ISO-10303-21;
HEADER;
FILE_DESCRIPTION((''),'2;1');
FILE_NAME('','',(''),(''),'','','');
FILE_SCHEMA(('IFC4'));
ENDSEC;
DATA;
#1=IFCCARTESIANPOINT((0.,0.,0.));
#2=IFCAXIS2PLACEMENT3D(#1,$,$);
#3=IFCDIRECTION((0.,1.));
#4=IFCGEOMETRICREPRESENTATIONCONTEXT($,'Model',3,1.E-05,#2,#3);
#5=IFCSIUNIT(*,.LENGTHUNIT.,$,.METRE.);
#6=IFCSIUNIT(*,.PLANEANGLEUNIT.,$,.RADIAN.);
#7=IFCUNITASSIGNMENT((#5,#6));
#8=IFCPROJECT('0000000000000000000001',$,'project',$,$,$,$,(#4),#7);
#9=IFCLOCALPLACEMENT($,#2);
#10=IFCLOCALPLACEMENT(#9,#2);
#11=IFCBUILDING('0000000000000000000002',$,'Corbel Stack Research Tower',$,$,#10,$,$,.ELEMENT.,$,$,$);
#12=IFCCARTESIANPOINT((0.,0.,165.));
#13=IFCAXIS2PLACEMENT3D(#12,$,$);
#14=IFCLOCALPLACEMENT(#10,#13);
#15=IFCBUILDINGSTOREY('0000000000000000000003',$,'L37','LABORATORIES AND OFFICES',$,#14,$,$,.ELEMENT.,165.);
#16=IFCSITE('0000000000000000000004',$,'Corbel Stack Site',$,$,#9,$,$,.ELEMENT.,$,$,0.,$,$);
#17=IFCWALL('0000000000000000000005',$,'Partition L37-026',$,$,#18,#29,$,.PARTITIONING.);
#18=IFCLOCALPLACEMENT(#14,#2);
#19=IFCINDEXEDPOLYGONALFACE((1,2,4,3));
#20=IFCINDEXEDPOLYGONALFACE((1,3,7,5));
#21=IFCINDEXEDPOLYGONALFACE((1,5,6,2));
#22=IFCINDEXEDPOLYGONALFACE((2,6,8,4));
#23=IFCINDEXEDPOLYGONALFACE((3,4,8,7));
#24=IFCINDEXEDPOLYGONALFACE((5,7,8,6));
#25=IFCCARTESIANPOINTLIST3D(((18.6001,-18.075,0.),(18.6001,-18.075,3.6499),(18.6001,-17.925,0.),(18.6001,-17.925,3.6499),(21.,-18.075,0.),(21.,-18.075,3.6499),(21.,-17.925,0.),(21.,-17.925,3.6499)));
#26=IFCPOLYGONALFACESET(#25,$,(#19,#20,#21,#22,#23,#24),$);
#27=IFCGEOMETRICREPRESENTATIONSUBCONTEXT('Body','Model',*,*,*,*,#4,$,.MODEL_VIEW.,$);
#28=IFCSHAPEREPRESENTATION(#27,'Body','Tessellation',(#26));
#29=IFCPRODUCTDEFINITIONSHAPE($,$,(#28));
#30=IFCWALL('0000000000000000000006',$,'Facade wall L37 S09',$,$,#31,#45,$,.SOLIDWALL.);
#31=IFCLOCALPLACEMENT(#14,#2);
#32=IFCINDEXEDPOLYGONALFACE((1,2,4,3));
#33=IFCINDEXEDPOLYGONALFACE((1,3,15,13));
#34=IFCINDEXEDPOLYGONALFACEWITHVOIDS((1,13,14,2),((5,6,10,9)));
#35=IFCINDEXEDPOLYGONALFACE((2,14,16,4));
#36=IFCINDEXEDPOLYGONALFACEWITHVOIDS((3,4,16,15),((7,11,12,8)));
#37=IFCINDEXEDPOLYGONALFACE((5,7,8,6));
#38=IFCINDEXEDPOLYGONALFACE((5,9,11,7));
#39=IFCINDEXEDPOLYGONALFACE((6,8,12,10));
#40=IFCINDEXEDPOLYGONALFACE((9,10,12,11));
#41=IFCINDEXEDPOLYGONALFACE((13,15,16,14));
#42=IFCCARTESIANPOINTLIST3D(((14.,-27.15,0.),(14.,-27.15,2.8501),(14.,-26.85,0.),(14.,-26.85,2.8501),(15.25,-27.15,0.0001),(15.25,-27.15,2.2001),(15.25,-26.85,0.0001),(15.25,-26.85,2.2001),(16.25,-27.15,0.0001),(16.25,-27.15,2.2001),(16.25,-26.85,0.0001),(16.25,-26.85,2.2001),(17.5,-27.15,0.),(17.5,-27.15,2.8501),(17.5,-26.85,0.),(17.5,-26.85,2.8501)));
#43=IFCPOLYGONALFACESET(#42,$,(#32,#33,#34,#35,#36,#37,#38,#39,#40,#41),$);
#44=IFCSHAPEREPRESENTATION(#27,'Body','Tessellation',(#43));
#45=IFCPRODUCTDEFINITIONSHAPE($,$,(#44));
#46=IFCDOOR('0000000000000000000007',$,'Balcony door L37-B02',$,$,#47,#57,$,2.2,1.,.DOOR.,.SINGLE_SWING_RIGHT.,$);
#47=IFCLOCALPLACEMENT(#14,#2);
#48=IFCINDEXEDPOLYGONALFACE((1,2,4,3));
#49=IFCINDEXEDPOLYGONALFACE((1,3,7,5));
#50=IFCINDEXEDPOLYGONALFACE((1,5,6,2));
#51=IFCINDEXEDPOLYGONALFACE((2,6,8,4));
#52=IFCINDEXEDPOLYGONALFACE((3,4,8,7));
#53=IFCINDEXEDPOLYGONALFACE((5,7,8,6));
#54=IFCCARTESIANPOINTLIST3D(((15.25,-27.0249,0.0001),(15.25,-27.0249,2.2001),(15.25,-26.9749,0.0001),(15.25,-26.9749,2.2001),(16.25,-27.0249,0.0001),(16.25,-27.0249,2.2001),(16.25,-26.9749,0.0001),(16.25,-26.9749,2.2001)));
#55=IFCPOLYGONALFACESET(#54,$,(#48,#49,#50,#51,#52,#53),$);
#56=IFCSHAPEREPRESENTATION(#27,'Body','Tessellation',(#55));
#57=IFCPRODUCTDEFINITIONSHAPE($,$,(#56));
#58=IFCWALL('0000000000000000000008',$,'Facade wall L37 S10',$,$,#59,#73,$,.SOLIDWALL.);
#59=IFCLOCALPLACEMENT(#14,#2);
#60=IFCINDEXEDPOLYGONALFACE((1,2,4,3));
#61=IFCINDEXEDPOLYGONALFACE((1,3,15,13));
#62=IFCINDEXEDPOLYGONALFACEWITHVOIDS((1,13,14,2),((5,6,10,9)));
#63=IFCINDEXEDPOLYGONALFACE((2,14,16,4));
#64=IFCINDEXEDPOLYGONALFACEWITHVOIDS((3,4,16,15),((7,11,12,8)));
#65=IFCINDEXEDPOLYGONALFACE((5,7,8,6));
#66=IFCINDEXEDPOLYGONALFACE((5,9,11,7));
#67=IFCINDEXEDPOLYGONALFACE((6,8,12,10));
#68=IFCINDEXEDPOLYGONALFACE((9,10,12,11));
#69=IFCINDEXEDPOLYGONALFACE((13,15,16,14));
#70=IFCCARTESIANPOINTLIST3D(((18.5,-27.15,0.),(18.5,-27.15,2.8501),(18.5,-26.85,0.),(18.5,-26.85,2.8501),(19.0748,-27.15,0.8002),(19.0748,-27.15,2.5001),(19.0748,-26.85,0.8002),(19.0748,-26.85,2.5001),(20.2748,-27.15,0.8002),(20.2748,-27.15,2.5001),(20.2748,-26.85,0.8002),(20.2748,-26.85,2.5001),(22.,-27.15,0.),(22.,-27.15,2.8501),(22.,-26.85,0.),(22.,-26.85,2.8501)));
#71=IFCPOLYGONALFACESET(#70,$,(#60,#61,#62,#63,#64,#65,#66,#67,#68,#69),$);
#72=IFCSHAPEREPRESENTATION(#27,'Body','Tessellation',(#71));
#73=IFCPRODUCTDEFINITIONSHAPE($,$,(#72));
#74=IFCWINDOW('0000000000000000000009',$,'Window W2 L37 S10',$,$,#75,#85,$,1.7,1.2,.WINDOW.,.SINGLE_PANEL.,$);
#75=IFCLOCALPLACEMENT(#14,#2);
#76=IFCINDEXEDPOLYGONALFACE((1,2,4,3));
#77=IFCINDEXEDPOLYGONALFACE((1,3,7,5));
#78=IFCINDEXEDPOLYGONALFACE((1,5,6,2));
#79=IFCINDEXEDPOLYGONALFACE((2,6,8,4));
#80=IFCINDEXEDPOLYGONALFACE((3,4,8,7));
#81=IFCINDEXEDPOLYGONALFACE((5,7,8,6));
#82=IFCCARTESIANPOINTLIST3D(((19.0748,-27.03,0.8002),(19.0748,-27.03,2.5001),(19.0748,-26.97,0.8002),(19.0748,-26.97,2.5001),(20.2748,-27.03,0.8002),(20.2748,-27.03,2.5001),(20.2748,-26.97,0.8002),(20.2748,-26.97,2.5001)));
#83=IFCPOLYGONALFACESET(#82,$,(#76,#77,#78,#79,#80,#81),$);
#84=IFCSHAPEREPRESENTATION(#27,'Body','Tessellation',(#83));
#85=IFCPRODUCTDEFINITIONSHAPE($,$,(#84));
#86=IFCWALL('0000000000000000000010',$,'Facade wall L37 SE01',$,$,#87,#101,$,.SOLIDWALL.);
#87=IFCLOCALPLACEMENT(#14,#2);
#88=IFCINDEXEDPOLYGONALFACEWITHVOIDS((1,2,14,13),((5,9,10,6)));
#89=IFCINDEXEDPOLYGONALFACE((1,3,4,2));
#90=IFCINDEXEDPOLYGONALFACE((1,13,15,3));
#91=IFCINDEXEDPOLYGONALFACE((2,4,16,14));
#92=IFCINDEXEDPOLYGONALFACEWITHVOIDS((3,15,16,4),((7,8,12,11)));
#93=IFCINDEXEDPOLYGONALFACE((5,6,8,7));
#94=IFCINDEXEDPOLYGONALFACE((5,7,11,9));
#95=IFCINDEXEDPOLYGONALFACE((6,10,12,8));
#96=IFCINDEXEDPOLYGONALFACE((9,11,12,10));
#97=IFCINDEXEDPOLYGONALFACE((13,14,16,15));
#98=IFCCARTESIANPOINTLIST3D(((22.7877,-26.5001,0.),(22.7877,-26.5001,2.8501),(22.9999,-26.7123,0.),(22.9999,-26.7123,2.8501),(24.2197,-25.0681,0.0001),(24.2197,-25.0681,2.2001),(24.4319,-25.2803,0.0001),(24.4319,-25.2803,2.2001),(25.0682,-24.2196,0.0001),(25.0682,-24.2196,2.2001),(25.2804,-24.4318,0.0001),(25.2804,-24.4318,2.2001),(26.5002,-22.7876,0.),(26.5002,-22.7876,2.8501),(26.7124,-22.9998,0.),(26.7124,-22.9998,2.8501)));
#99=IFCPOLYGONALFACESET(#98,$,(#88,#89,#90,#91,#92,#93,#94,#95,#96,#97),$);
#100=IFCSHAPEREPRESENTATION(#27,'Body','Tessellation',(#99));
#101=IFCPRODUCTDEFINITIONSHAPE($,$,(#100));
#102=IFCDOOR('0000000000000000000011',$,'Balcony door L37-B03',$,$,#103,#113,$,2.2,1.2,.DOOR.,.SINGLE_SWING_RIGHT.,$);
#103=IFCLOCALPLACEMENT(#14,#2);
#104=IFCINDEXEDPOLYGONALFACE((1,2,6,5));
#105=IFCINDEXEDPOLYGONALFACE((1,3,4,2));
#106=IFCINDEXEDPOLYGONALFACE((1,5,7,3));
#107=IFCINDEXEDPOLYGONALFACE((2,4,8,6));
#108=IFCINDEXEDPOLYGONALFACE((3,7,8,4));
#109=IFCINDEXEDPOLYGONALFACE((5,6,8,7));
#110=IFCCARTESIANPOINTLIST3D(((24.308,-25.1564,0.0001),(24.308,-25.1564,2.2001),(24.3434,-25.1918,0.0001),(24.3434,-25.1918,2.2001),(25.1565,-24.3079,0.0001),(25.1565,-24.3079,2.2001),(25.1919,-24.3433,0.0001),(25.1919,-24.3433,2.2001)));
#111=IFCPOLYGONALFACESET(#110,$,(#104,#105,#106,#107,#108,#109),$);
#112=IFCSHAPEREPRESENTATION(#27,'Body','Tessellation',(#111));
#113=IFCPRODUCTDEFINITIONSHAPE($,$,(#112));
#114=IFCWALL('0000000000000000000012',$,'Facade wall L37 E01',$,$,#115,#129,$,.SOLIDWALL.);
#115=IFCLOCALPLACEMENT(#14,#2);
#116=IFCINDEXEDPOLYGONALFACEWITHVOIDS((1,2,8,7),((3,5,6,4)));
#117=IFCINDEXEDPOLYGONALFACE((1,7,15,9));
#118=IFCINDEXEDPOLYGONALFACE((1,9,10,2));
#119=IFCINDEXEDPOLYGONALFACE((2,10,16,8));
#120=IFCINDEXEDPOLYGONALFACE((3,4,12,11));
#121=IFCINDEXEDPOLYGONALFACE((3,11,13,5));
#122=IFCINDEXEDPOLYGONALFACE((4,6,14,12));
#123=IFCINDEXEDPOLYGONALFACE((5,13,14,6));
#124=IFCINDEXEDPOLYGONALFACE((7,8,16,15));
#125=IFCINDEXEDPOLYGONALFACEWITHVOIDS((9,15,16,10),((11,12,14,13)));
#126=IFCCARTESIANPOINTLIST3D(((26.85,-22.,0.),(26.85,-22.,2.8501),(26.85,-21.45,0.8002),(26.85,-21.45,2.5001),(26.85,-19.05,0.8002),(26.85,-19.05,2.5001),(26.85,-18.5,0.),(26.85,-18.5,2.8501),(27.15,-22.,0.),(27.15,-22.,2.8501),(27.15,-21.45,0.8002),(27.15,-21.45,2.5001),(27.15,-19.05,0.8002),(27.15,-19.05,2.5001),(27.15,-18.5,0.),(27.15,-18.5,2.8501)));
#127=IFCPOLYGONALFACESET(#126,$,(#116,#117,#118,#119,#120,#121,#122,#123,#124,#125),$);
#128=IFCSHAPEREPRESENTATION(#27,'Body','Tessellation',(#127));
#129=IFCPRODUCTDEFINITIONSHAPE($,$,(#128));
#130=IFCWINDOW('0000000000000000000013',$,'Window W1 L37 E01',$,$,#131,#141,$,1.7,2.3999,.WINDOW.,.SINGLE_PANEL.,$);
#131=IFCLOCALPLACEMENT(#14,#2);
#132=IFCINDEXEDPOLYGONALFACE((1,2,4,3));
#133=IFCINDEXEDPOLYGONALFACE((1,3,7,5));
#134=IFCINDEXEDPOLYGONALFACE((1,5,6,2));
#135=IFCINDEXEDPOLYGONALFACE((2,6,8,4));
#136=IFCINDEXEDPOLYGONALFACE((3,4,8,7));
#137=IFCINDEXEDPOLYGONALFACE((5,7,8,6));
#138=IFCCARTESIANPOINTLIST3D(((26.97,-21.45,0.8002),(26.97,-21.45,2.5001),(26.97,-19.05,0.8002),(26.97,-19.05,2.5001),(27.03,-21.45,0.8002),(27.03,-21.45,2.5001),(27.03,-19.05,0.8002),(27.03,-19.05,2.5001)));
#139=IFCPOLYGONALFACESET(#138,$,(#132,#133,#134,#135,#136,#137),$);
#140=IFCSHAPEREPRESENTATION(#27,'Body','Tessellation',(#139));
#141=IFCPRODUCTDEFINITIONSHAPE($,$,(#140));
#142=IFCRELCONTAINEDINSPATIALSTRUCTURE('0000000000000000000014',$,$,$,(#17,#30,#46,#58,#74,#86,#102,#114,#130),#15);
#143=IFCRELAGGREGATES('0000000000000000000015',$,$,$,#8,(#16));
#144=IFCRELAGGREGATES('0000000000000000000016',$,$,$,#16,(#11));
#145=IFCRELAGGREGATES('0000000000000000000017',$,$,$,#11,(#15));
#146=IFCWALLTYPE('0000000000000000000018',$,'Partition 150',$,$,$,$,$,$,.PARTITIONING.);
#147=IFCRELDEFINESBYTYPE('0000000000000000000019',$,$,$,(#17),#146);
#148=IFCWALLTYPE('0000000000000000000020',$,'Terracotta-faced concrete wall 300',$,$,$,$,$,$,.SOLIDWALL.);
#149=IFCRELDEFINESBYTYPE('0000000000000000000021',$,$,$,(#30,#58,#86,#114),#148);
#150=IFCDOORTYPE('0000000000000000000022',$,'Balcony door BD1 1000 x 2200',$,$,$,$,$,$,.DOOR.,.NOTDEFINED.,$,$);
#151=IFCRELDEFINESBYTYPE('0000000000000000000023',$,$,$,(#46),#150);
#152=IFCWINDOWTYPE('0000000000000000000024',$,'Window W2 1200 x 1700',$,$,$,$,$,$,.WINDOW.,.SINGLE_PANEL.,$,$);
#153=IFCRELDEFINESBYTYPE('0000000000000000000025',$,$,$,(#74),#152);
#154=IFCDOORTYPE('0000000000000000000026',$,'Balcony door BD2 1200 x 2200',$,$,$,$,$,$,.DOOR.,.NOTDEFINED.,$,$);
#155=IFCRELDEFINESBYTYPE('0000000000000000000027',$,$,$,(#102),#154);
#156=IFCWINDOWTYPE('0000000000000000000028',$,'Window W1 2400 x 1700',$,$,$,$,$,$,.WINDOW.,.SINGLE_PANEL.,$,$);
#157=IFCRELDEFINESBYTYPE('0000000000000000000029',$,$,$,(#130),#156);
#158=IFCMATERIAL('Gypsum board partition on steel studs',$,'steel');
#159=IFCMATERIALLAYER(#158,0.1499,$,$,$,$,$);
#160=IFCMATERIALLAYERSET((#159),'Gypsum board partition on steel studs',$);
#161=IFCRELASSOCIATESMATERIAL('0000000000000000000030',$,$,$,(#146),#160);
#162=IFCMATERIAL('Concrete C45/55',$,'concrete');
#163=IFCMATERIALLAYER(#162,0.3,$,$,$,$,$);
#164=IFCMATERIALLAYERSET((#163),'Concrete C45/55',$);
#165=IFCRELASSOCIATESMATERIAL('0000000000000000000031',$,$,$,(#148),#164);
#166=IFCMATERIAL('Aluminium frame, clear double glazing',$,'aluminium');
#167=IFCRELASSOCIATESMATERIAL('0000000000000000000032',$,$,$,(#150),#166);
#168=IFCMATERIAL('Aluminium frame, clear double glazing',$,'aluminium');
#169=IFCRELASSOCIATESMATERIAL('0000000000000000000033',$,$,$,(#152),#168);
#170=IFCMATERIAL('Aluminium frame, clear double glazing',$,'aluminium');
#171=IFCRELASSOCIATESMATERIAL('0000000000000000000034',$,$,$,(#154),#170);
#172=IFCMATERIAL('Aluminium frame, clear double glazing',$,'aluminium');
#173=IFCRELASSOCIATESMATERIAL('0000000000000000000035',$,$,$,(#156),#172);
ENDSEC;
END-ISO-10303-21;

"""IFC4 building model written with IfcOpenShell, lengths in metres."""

from ifc_helpers import new_model, si_unit, direction, frame, frame_2d, origin, place, context, subcontext, project, spatial, rectangle, extrude, material, layer, layer_set, type_object, element, fill, save


model = new_model("IFC4")

# Units and contexts
model_context = context("Model", 3, precision=1e-05, world=origin(), true_north=direction((0.0, 1.0)))
body_context = subcontext(model_context, "Body", "Model", "MODEL_VIEW")
ifc_project = project(units=[si_unit("LENGTHUNIT", "METRE"), si_unit("PLANEANGLEUNIT", "RADIAN")], contexts=[model_context])

# Site, building, storey
site_placement = place(None, origin())
site = spatial("IfcSite", under=ifc_project, at=site_placement, Name="Corbel Stack Site", CompositionType="ELEMENT", RefElevation=0.0)
building_placement = place(site_placement, origin())
building = spatial("IfcBuilding", under=site, at=building_placement, Name="Corbel Stack Research Tower", CompositionType="ELEMENT")
storey_placement = place(building_placement, frame((0.0, 0.0, 165.0)))
storey = spatial("IfcBuildingStorey", under=building, at=storey_placement, Name="L37", Description="LABORATORIES AND OFFICES", CompositionType="ELEMENT", Elevation=165.0)

# Shared definitions
ifc_material_1 = material(Name="Gypsum board partition on steel studs", Category="steel")
ifc_layer_1 = layer(ifc_material_1, 0.1499)
ifc_layer_set_1 = layer_set([ifc_layer_1], Name="Gypsum board partition on steel studs")
wall_type_1 = type_object("IfcWallType", Name="Partition 150", PredefinedType="PARTITIONING", material=ifc_layer_set_1)

# Wall
wall_1_placement = place(storey_placement, frame((18.6001, -18.0, 0.0), z_axis=(0.0, 0.0, 1.0), x_axis=(1.0, 0.0, 0.0)))
element("IfcWall", 1, at=wall_1_placement, inside=storey, type_object=wall_type_1, Name="Partition L37-026", PredefinedType="PARTITIONING", context=body_context, shape_type="SweptSolid", body=[
    extrude(rectangle(XDim=2.3999, YDim=0.1499, at=frame_2d((1.2, 0.0))), origin(), (0.0, 0.0, 1.0), 3.6499),
])

# Wall, opening, door
ifc_material_2 = material(Name="Concrete C45/55", Category="concrete")
ifc_layer_2 = layer(ifc_material_2, 0.3)
ifc_layer_set_2 = layer_set([ifc_layer_2], Name="Concrete C45/55")
wall_type_2 = type_object("IfcWallType", Name="Terracotta-faced concrete wall 300", PredefinedType="SOLIDWALL", material=ifc_layer_set_2)
wall_2_placement = place(storey_placement, frame((17.5, -27.0, 0.0), z_axis=(0.0, 0.0, 1.0), x_axis=(-1.0, 0.0, 0.0)))
wall_2 = element("IfcWall", 2, at=wall_2_placement, inside=storey, type_object=wall_type_2, Name="Facade wall L37 S09", PredefinedType="SOLIDWALL", context=body_context, shape_type="SweptSolid", body=[
    extrude(rectangle(XDim=3.5, YDim=0.3, at=frame_2d((1.75, 0.0))), origin(), (0.0, 0.0, 1.0), 2.8501),
])
opening_1_placement = place(wall_2_placement, frame((1.25, 0.0, 0.0)))
opening_1 = element("IfcOpeningElement", 3, at=opening_1_placement, cuts=wall_2, PredefinedType="OPENING", context=body_context, shape_type="SweptSolid", body=[
    extrude(rectangle(XDim=1.0, YDim=2.2, at=frame_2d((0.5, 1.1001))), frame((0.0, 0.1599, 0.0), z_axis=(0.0, -1.0, 0.0), x_axis=(1.0, 0.0, 0.0)), (0.0, 0.0, 1.0), 0.3201),
])
ifc_material_3 = material(Name="Aluminium frame, clear double glazing", Category="aluminium")
door_type_1 = type_object("IfcDoorType", Name="Balcony door BD1 1000 x 2200", OperationType="NOTDEFINED", PredefinedType="DOOR", material=ifc_material_3)
door_1_placement = place(opening_1_placement, origin())
door_1 = element("IfcDoor", 4, at=door_1_placement, inside=storey, type_object=door_type_1, Name="Balcony door L37-B02", OperationType="SINGLE_SWING_RIGHT", OverallHeight=2.2, OverallWidth=1.0, PredefinedType="DOOR", context=body_context, shape_type="SweptSolid", body=[
    extrude(rectangle(XDim=1.0, YDim=2.2, at=frame_2d((0.5, 1.1001))), frame((0.0, 0.0249, 0.0), z_axis=(0.0, -1.0, 0.0), x_axis=(1.0, 0.0, 0.0)), (0.0, 0.0, 1.0), 0.05),
])
fill(opening_1, door_1)

# Wall, opening, window
wall_3_placement = place(storey_placement, frame((22.0, -27.0, 0.0), z_axis=(0.0, 0.0, 1.0), x_axis=(-1.0, 0.0, 0.0)))
wall_3 = element("IfcWall", 5, at=wall_3_placement, inside=storey, type_object=wall_type_2, Name="Facade wall L37 S10", PredefinedType="SOLIDWALL", context=body_context, shape_type="SweptSolid", body=[
    extrude(rectangle(XDim=3.5, YDim=0.3, at=frame_2d((1.75, 0.0))), origin(), (0.0, 0.0, 1.0), 2.8501),
])
opening_2_placement = place(wall_3_placement, frame((1.7251, 0.0, 0.8)))
opening_2 = element("IfcOpeningElement", 6, at=opening_2_placement, cuts=wall_3, PredefinedType="OPENING", context=body_context, shape_type="SweptSolid", body=[
    extrude(rectangle(XDim=1.2, YDim=1.7, at=frame_2d((0.6001, 0.8501))), frame((0.0, 0.1599, 0.0), z_axis=(0.0, -1.0, 0.0), x_axis=(1.0, 0.0, 0.0)), (0.0, 0.0, 1.0), 0.3201),
])
ifc_material_4 = material(Name="Aluminium frame, clear double glazing", Category="aluminium")
window_type_1 = type_object("IfcWindowType", Name="Window W2 1200 x 1700", PartitioningType="SINGLE_PANEL", PredefinedType="WINDOW", material=ifc_material_4)
window_1_placement = place(opening_2_placement, origin())
window_1 = element("IfcWindow", 7, at=window_1_placement, inside=storey, type_object=window_type_1, Name="Window W2 L37 S10", OverallHeight=1.7, OverallWidth=1.2, PartitioningType="SINGLE_PANEL", PredefinedType="WINDOW", context=body_context, shape_type="SweptSolid", body=[
    extrude(rectangle(XDim=1.2, YDim=1.7, at=frame_2d((0.6001, 0.8501))), frame((0.0, 0.03, 0.0), z_axis=(0.0, -1.0, 0.0), x_axis=(1.0, 0.0, 0.0)), (0.0, 0.0, 1.0), 0.0601),
])
fill(opening_2, window_1)

# Wall, opening, door
wall_4_placement = place(storey_placement, frame((26.6062, -22.8938, 0.0), z_axis=(0.0, 0.0, 1.0), x_axis=(-0.707107, -0.707107, 0.0)))
wall_4 = element("IfcWall", 8, at=wall_4_placement, inside=storey, type_object=wall_type_2, Name="Facade wall L37 SE01", PredefinedType="SOLIDWALL", context=body_context, shape_type="SweptSolid", body=[
    extrude(rectangle(XDim=5.2502, YDim=0.3, at=frame_2d((2.625, 0.0))), origin(), (0.0, 0.0, 1.0), 2.8501),
])
opening_3_placement = place(wall_4_placement, frame((2.0249, 0.0, 0.0)))
opening_3 = element("IfcOpeningElement", 9, at=opening_3_placement, cuts=wall_4, PredefinedType="OPENING", context=body_context, shape_type="SweptSolid", body=[
    extrude(rectangle(XDim=1.2, YDim=2.2, at=frame_2d((0.6001, 1.1001))), frame((0.0, 0.1599, 0.0), z_axis=(0.0, -1.0, 0.0), x_axis=(1.0, 0.0, 0.0)), (0.0, 0.0, 1.0), 0.3201),
])
ifc_material_5 = material(Name="Aluminium frame, clear double glazing", Category="aluminium")
door_type_2 = type_object("IfcDoorType", Name="Balcony door BD2 1200 x 2200", OperationType="NOTDEFINED", PredefinedType="DOOR", material=ifc_material_5)
door_2_placement = place(opening_3_placement, origin())
door_2 = element("IfcDoor", 10, at=door_2_placement, inside=storey, type_object=door_type_2, Name="Balcony door L37-B03", OperationType="SINGLE_SWING_RIGHT", OverallHeight=2.2, OverallWidth=1.2, PredefinedType="DOOR", context=body_context, shape_type="SweptSolid", body=[
    extrude(rectangle(XDim=1.2, YDim=2.2, at=frame_2d((0.6001, 1.1001))), frame((0.0, 0.0249, 0.0), z_axis=(0.0, -1.0, 0.0), x_axis=(1.0, 0.0, 0.0)), (0.0, 0.0, 1.0), 0.05),
])
fill(opening_3, door_2)

# Wall, opening, window
wall_5_placement = place(storey_placement, frame((27.0, -18.5, 0.0), z_axis=(0.0, 0.0, 1.0), x_axis=(0.0, -1.0, 0.0)))
wall_5 = element("IfcWall", 11, at=wall_5_placement, inside=storey, type_object=wall_type_2, Name="Facade wall L37 E01", PredefinedType="SOLIDWALL", context=body_context, shape_type="SweptSolid", body=[
    extrude(rectangle(XDim=3.5, YDim=0.3, at=frame_2d((1.75, 0.0))), origin(), (0.0, 0.0, 1.0), 2.8501),
])
opening_4_placement = place(wall_5_placement, frame((0.55, 0.0, 0.8)))
opening_4 = element("IfcOpeningElement", 12, at=opening_4_placement, cuts=wall_5, PredefinedType="OPENING", context=body_context, shape_type="SweptSolid", body=[
    extrude(rectangle(XDim=2.3999, YDim=1.7, at=frame_2d((1.2, 0.8501))), frame((0.0, 0.1599, 0.0), z_axis=(0.0, -1.0, 0.0), x_axis=(1.0, 0.0, 0.0)), (0.0, 0.0, 1.0), 0.3201),
])
ifc_material_6 = material(Name="Aluminium frame, clear double glazing", Category="aluminium")
window_type_2 = type_object("IfcWindowType", Name="Window W1 2400 x 1700", PartitioningType="SINGLE_PANEL", PredefinedType="WINDOW", material=ifc_material_6)
window_2_placement = place(opening_4_placement, origin())
window_2 = element("IfcWindow", 13, at=window_2_placement, inside=storey, type_object=window_type_2, Name="Window W1 L37 E01", OverallHeight=1.7, OverallWidth=2.3999, PartitioningType="SINGLE_PANEL", PredefinedType="WINDOW", context=body_context, shape_type="SweptSolid", body=[
    extrude(rectangle(XDim=2.3999, YDim=1.7, at=frame_2d((1.2, 0.8501))), frame((0.0, 0.03, 0.0), z_axis=(0.0, -1.0, 0.0), x_axis=(1.0, 0.0, 0.0)), (0.0, 0.0, 1.0), 0.0601),
])
fill(opening_4, window_2)

save(model, "model.ifc")
